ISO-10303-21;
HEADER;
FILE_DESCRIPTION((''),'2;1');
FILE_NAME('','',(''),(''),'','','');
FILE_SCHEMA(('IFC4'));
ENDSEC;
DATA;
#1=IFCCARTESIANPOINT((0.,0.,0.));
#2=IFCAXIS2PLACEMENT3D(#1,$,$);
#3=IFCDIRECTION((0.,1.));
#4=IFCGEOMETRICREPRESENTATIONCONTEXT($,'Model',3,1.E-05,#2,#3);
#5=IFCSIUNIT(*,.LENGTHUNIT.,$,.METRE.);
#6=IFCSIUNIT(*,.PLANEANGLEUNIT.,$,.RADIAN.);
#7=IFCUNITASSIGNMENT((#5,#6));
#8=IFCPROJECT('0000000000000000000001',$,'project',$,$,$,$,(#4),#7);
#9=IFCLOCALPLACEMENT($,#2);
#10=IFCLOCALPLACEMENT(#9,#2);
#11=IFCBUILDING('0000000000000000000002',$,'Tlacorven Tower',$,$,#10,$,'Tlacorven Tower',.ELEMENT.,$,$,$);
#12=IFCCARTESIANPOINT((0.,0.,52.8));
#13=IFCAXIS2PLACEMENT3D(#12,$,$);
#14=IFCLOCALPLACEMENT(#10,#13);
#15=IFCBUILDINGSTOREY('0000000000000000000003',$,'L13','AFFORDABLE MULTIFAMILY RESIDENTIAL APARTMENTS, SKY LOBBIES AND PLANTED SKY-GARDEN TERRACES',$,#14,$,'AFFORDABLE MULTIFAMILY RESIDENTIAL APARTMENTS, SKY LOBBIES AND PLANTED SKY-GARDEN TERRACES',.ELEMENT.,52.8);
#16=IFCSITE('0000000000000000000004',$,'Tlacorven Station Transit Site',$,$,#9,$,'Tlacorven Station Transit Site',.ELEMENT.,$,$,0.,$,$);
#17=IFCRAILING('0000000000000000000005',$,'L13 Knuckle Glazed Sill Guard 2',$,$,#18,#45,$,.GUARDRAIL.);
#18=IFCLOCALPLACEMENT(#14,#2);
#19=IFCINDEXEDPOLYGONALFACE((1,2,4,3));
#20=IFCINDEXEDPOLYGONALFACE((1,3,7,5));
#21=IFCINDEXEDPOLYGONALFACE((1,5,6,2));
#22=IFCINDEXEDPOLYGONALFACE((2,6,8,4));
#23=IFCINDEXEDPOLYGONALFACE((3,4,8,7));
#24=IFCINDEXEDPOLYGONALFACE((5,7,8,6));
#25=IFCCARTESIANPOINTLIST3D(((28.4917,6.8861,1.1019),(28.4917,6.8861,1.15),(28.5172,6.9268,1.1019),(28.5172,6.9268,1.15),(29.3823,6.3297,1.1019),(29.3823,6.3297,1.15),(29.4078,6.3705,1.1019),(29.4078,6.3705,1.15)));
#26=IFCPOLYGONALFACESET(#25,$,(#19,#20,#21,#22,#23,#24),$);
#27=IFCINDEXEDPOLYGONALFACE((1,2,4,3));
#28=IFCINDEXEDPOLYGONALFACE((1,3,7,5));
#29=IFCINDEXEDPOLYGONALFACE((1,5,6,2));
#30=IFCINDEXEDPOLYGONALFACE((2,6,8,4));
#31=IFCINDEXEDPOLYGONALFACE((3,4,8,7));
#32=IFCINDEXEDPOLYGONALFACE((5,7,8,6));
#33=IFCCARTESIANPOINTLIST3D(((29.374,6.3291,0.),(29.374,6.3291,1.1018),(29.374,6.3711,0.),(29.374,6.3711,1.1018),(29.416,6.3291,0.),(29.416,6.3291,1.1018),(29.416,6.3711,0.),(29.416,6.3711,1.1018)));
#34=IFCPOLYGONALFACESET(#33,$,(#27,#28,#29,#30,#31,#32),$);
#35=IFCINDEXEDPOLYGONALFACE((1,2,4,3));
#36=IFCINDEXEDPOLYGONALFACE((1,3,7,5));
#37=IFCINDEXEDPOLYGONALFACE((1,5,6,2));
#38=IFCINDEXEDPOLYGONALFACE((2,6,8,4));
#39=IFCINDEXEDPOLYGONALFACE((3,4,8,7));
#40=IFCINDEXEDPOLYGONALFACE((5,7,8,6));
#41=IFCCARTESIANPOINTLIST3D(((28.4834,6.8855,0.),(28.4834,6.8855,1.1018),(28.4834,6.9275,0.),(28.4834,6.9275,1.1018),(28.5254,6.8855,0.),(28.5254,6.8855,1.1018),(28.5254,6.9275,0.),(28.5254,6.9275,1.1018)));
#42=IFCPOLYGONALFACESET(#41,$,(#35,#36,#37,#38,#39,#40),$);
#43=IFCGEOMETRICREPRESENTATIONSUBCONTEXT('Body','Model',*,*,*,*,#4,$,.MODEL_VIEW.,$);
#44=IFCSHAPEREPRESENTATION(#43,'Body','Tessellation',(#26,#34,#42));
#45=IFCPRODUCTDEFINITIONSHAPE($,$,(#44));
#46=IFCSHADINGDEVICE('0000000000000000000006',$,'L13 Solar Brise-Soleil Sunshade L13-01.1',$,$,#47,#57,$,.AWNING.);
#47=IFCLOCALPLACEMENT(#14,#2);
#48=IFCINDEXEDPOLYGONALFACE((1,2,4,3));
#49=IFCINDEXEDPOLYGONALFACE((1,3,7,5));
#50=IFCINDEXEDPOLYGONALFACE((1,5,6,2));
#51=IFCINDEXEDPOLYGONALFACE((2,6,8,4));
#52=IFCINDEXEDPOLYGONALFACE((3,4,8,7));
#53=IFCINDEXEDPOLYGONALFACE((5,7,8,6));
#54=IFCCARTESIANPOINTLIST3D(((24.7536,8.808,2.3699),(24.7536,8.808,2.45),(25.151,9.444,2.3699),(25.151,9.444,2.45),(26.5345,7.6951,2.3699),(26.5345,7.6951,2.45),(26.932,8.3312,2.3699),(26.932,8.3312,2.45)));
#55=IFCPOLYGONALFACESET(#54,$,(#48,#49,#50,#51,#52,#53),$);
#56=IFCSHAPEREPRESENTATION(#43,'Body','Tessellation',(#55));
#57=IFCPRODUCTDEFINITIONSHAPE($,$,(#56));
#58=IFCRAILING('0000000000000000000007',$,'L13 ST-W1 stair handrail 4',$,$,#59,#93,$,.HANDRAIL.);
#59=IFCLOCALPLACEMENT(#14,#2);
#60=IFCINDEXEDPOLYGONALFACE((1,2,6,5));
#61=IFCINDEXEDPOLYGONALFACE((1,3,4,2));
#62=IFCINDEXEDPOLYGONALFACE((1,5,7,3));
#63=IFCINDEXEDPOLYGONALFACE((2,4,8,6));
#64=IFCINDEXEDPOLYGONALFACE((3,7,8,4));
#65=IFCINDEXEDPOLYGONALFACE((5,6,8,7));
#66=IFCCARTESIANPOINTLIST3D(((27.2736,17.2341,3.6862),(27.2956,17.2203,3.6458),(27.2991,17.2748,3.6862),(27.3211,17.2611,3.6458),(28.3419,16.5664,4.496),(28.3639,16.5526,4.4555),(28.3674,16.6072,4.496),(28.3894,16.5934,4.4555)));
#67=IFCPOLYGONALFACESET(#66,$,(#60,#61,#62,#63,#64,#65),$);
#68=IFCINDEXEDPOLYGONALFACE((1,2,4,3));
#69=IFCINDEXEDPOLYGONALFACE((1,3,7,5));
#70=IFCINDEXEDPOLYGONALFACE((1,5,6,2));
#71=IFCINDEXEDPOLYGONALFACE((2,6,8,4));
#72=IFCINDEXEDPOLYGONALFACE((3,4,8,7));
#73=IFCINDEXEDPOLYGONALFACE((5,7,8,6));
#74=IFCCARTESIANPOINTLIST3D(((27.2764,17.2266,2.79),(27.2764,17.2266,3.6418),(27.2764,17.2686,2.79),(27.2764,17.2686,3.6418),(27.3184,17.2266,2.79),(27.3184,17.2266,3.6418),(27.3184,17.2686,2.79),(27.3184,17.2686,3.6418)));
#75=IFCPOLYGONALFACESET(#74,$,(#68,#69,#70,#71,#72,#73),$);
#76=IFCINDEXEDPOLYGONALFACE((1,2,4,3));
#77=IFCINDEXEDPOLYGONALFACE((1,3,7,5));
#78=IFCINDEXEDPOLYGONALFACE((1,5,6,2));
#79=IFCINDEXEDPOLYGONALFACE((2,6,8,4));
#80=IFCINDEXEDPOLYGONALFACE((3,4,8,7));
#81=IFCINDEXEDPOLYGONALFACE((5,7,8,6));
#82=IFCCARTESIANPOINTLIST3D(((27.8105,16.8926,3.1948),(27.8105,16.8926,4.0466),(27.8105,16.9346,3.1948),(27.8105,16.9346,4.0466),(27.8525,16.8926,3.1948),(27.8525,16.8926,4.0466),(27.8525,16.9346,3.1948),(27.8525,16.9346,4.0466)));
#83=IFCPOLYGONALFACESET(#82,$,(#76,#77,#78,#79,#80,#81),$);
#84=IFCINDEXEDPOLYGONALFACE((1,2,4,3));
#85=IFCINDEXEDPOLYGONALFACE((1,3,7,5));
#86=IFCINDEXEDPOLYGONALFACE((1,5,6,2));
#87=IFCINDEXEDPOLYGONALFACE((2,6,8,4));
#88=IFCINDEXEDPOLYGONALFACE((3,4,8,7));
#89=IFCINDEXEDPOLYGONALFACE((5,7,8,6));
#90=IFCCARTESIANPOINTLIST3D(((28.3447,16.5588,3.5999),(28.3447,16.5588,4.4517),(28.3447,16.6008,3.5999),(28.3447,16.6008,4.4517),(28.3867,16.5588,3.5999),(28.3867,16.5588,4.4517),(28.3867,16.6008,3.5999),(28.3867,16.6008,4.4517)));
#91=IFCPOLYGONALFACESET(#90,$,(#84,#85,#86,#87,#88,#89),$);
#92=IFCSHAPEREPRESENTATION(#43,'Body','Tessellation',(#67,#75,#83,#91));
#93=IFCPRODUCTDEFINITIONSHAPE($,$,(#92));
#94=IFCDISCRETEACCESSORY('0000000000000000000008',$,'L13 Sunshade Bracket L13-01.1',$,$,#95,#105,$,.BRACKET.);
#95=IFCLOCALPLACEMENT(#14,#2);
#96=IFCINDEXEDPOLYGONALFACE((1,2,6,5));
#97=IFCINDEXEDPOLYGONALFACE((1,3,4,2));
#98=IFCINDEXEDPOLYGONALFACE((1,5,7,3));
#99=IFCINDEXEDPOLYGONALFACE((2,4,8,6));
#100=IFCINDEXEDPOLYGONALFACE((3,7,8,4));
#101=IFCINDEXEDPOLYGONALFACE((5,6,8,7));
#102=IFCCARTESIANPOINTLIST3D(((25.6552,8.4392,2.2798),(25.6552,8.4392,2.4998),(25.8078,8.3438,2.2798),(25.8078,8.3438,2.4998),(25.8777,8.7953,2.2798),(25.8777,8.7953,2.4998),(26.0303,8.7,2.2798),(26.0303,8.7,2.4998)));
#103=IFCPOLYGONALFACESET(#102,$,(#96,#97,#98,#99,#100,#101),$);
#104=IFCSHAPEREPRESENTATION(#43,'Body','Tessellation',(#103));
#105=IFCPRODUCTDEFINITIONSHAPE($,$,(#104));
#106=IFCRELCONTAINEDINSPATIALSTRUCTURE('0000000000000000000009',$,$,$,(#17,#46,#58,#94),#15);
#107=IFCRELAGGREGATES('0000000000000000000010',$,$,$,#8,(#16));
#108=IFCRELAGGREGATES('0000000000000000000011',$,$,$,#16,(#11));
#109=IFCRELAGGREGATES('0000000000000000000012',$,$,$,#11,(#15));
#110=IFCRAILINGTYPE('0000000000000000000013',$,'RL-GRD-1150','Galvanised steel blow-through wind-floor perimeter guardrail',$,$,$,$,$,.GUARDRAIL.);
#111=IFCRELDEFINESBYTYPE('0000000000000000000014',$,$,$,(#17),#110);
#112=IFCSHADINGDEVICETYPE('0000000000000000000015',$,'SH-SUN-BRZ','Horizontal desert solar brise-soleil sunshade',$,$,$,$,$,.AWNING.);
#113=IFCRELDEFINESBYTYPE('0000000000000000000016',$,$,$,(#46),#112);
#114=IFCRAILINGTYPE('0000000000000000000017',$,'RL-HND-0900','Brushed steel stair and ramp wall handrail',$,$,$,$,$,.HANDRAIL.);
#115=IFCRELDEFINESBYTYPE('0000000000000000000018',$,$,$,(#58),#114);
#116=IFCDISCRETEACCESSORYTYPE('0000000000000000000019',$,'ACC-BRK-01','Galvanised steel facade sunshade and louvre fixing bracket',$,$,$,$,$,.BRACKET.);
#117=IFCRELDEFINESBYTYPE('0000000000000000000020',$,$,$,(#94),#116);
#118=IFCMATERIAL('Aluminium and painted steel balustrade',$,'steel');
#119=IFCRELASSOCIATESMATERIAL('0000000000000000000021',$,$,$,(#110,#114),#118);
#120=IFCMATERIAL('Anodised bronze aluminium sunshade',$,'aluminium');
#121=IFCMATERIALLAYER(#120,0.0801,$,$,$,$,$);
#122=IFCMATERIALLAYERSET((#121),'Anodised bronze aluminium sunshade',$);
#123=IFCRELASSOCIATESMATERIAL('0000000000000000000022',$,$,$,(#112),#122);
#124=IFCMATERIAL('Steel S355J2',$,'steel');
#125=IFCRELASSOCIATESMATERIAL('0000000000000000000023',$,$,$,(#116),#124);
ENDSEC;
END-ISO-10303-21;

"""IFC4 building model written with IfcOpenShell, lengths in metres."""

from ifc_helpers import new_model, si_unit, direction, frame, origin, origin_2d, place, context, subcontext, project, spatial, rectangle, extrude, source, transform, mapped, material, layer, layer_set, type_object, element, save


model = new_model("IFC4")

# Units and contexts
model_context = context("Model", 3, precision=1e-05, world=origin(), true_north=direction((0.0, 1.0)))
body_context = subcontext(model_context, "Body", "Model", "MODEL_VIEW")
ifc_project = project(units=[si_unit("LENGTHUNIT", "METRE"), si_unit("PLANEANGLEUNIT", "RADIAN")], contexts=[model_context])

# Site, building, storey
site_placement = place(None, origin())
site = spatial("IfcSite", under=ifc_project, at=site_placement, Name="Tlacorven Station Transit Site", LongName="Tlacorven Station Transit Site", CompositionType="ELEMENT", RefElevation=0.0)
building_placement = place(site_placement, origin())
building = spatial("IfcBuilding", under=site, at=building_placement, Name="Tlacorven Tower", LongName="Tlacorven Tower", CompositionType="ELEMENT")
storey_placement = place(building_placement, frame((0.0, 0.0, 52.8)))
storey = spatial("IfcBuildingStorey", under=building, at=storey_placement, Name="L13", Description="AFFORDABLE MULTIFAMILY RESIDENTIAL APARTMENTS, SKY LOBBIES AND PLANTED SKY-GARDEN TERRACES", LongName="AFFORDABLE MULTIFAMILY RESIDENTIAL APARTMENTS, SKY LOBBIES AND PLANTED SKY-GARDEN TERRACES", CompositionType="ELEMENT", Elevation=52.8)

# Shared definitions
ifc_material_1 = material(Name="Steel S355J2", Category="steel")

# Railing
ifc_material_2 = material(Name="Aluminium and painted steel balustrade", Category="steel")
railing_type_1 = type_object("IfcRailingType", Name="RL-GRD-1150", Description="Galvanised steel blow-through wind-floor perimeter guardrail", PredefinedType="GUARDRAIL", material=ifc_material_2)
shared_shape_1 = source(origin(), body_context, "Body", "SweptSolid", [
    extrude(rectangle(XDim=0.0481, YDim=0.0481, at=origin_2d()), frame((0.0, 0.0, 1.126), z_axis=(-0.848103, 0.529832, 0.0), x_axis=(-0.529832, -0.848103, 0.0)), (0.0, 0.0, 1.0), 1.05),
    extrude(rectangle(XDim=0.042, YDim=0.042, at=origin_2d()), origin(), (0.0, 0.0, 1.0), 1.1018),
    extrude(rectangle(XDim=0.042, YDim=0.042, at=origin_2d()), frame((-0.8906, 0.5564, 0.0)), (0.0, 0.0, 1.0), 1.1018),
])
railing_1_placement = place(storey_placement, frame((29.395, 6.3501, 0.0)))
element("IfcRailing", 1, at=railing_1_placement, inside=storey, type_object=railing_type_1, Name="L13 Knuckle Glazed Sill Guard 2", PredefinedType="GUARDRAIL", context=body_context, shape_type="MappedRepresentation", body=[
    mapped(shared_shape_1, transform((0.0, 0.0, 0.0), scale=1.0)),
])

# Shading device
ifc_material_3 = material(Name="Anodised bronze aluminium sunshade", Category="aluminium")
ifc_layer_1 = layer(ifc_material_3, 0.0801)
ifc_layer_set_1 = layer_set([ifc_layer_1], Name="Anodised bronze aluminium sunshade")
shading_device_type = type_object("IfcShadingDeviceType", Name="SH-SUN-BRZ", Description="Horizontal desert solar brise-soleil sunshade", PredefinedType="AWNING", material=ifc_layer_set_1)
shared_shape_2 = source(origin(), body_context, "Body", "SweptSolid", [
    extrude(rectangle(XDim=2.1001, YDim=0.75, at=origin_2d()), origin(), (0.0, 0.0, 1.0), 0.0801),
])
shading_device_placement = place(storey_placement, frame((25.8428, 8.5696, 2.3699), z_axis=(0.0, 0.0, 1.0), x_axis=(-0.848048, 0.529919, 0.0)))
element("IfcShadingDevice", 2, at=shading_device_placement, inside=storey, type_object=shading_device_type, Name="L13 Solar Brise-Soleil Sunshade L13-01.1", PredefinedType="AWNING", context=body_context, shape_type="MappedRepresentation", body=[
    mapped(shared_shape_2, transform((0.0, 0.0, 0.0), scale=1.0)),
])

# Railing
railing_type_2 = type_object("IfcRailingType", Name="RL-HND-0900", Description="Brushed steel stair and ramp wall handrail", PredefinedType="HANDRAIL", material=ifc_material_2)
shared_shape_3 = source(origin(), body_context, "Body", "SweptSolid", [
    extrude(rectangle(XDim=0.0481, YDim=0.0481, at=origin_2d()), frame((0.0, 0.0, 0.876), z_axis=(0.713343, -0.445839, 0.540712), x_axis=(0.529999, 0.847998, 0.0)), (0.0, 0.0, 1.0), 1.4976),
    extrude(rectangle(XDim=0.042, YDim=0.042, at=origin_2d()), origin(), (0.0, 0.0, 1.0), 0.8518),
    extrude(rectangle(XDim=0.042, YDim=0.042, at=origin_2d()), frame((0.5342, -0.334, 0.4048)), (0.0, 0.0, 1.0), 0.8518),
    extrude(rectangle(XDim=0.042, YDim=0.042, at=origin_2d()), frame((1.0684, -0.6677, 0.8098)), (0.0, 0.0, 1.0), 0.8518),
])
railing_2_placement = place(storey_placement, frame((27.2974, 17.2476, 2.79)))
element("IfcRailing", 3, at=railing_2_placement, inside=storey, type_object=railing_type_2, Name="L13 ST-W1 stair handrail 4", PredefinedType="HANDRAIL", context=body_context, shape_type="MappedRepresentation", body=[
    mapped(shared_shape_3, transform((0.0, 0.0, 0.0), scale=1.0)),
])

# Discrete accessory
discrete_accessory_type = type_object("IfcDiscreteAccessoryType", Name="ACC-BRK-01", Description="Galvanised steel facade sunshade and louvre fixing bracket", PredefinedType="BRACKET", material=ifc_material_1)
shared_shape_4 = source(origin(), body_context, "Body", "SweptSolid", [
    extrude(rectangle(XDim=0.1799, YDim=0.4199, at=origin_2d()), origin(), (0.0, 0.0, 1.0), 0.22),
])
discrete_accessory_placement = place(storey_placement, frame((25.8428, 8.5696, 2.2798), z_axis=(0.0, 0.0, 1.0), x_axis=(-0.848048, 0.529919, 0.0)))
element("IfcDiscreteAccessory", 4, at=discrete_accessory_placement, inside=storey, type_object=discrete_accessory_type, Name="L13 Sunshade Bracket L13-01.1", PredefinedType="BRACKET", context=body_context, shape_type="MappedRepresentation", body=[
    mapped(shared_shape_4, transform((0.0, 0.0, 0.0), scale=1.0)),
])

save(model, "model.ifc")
